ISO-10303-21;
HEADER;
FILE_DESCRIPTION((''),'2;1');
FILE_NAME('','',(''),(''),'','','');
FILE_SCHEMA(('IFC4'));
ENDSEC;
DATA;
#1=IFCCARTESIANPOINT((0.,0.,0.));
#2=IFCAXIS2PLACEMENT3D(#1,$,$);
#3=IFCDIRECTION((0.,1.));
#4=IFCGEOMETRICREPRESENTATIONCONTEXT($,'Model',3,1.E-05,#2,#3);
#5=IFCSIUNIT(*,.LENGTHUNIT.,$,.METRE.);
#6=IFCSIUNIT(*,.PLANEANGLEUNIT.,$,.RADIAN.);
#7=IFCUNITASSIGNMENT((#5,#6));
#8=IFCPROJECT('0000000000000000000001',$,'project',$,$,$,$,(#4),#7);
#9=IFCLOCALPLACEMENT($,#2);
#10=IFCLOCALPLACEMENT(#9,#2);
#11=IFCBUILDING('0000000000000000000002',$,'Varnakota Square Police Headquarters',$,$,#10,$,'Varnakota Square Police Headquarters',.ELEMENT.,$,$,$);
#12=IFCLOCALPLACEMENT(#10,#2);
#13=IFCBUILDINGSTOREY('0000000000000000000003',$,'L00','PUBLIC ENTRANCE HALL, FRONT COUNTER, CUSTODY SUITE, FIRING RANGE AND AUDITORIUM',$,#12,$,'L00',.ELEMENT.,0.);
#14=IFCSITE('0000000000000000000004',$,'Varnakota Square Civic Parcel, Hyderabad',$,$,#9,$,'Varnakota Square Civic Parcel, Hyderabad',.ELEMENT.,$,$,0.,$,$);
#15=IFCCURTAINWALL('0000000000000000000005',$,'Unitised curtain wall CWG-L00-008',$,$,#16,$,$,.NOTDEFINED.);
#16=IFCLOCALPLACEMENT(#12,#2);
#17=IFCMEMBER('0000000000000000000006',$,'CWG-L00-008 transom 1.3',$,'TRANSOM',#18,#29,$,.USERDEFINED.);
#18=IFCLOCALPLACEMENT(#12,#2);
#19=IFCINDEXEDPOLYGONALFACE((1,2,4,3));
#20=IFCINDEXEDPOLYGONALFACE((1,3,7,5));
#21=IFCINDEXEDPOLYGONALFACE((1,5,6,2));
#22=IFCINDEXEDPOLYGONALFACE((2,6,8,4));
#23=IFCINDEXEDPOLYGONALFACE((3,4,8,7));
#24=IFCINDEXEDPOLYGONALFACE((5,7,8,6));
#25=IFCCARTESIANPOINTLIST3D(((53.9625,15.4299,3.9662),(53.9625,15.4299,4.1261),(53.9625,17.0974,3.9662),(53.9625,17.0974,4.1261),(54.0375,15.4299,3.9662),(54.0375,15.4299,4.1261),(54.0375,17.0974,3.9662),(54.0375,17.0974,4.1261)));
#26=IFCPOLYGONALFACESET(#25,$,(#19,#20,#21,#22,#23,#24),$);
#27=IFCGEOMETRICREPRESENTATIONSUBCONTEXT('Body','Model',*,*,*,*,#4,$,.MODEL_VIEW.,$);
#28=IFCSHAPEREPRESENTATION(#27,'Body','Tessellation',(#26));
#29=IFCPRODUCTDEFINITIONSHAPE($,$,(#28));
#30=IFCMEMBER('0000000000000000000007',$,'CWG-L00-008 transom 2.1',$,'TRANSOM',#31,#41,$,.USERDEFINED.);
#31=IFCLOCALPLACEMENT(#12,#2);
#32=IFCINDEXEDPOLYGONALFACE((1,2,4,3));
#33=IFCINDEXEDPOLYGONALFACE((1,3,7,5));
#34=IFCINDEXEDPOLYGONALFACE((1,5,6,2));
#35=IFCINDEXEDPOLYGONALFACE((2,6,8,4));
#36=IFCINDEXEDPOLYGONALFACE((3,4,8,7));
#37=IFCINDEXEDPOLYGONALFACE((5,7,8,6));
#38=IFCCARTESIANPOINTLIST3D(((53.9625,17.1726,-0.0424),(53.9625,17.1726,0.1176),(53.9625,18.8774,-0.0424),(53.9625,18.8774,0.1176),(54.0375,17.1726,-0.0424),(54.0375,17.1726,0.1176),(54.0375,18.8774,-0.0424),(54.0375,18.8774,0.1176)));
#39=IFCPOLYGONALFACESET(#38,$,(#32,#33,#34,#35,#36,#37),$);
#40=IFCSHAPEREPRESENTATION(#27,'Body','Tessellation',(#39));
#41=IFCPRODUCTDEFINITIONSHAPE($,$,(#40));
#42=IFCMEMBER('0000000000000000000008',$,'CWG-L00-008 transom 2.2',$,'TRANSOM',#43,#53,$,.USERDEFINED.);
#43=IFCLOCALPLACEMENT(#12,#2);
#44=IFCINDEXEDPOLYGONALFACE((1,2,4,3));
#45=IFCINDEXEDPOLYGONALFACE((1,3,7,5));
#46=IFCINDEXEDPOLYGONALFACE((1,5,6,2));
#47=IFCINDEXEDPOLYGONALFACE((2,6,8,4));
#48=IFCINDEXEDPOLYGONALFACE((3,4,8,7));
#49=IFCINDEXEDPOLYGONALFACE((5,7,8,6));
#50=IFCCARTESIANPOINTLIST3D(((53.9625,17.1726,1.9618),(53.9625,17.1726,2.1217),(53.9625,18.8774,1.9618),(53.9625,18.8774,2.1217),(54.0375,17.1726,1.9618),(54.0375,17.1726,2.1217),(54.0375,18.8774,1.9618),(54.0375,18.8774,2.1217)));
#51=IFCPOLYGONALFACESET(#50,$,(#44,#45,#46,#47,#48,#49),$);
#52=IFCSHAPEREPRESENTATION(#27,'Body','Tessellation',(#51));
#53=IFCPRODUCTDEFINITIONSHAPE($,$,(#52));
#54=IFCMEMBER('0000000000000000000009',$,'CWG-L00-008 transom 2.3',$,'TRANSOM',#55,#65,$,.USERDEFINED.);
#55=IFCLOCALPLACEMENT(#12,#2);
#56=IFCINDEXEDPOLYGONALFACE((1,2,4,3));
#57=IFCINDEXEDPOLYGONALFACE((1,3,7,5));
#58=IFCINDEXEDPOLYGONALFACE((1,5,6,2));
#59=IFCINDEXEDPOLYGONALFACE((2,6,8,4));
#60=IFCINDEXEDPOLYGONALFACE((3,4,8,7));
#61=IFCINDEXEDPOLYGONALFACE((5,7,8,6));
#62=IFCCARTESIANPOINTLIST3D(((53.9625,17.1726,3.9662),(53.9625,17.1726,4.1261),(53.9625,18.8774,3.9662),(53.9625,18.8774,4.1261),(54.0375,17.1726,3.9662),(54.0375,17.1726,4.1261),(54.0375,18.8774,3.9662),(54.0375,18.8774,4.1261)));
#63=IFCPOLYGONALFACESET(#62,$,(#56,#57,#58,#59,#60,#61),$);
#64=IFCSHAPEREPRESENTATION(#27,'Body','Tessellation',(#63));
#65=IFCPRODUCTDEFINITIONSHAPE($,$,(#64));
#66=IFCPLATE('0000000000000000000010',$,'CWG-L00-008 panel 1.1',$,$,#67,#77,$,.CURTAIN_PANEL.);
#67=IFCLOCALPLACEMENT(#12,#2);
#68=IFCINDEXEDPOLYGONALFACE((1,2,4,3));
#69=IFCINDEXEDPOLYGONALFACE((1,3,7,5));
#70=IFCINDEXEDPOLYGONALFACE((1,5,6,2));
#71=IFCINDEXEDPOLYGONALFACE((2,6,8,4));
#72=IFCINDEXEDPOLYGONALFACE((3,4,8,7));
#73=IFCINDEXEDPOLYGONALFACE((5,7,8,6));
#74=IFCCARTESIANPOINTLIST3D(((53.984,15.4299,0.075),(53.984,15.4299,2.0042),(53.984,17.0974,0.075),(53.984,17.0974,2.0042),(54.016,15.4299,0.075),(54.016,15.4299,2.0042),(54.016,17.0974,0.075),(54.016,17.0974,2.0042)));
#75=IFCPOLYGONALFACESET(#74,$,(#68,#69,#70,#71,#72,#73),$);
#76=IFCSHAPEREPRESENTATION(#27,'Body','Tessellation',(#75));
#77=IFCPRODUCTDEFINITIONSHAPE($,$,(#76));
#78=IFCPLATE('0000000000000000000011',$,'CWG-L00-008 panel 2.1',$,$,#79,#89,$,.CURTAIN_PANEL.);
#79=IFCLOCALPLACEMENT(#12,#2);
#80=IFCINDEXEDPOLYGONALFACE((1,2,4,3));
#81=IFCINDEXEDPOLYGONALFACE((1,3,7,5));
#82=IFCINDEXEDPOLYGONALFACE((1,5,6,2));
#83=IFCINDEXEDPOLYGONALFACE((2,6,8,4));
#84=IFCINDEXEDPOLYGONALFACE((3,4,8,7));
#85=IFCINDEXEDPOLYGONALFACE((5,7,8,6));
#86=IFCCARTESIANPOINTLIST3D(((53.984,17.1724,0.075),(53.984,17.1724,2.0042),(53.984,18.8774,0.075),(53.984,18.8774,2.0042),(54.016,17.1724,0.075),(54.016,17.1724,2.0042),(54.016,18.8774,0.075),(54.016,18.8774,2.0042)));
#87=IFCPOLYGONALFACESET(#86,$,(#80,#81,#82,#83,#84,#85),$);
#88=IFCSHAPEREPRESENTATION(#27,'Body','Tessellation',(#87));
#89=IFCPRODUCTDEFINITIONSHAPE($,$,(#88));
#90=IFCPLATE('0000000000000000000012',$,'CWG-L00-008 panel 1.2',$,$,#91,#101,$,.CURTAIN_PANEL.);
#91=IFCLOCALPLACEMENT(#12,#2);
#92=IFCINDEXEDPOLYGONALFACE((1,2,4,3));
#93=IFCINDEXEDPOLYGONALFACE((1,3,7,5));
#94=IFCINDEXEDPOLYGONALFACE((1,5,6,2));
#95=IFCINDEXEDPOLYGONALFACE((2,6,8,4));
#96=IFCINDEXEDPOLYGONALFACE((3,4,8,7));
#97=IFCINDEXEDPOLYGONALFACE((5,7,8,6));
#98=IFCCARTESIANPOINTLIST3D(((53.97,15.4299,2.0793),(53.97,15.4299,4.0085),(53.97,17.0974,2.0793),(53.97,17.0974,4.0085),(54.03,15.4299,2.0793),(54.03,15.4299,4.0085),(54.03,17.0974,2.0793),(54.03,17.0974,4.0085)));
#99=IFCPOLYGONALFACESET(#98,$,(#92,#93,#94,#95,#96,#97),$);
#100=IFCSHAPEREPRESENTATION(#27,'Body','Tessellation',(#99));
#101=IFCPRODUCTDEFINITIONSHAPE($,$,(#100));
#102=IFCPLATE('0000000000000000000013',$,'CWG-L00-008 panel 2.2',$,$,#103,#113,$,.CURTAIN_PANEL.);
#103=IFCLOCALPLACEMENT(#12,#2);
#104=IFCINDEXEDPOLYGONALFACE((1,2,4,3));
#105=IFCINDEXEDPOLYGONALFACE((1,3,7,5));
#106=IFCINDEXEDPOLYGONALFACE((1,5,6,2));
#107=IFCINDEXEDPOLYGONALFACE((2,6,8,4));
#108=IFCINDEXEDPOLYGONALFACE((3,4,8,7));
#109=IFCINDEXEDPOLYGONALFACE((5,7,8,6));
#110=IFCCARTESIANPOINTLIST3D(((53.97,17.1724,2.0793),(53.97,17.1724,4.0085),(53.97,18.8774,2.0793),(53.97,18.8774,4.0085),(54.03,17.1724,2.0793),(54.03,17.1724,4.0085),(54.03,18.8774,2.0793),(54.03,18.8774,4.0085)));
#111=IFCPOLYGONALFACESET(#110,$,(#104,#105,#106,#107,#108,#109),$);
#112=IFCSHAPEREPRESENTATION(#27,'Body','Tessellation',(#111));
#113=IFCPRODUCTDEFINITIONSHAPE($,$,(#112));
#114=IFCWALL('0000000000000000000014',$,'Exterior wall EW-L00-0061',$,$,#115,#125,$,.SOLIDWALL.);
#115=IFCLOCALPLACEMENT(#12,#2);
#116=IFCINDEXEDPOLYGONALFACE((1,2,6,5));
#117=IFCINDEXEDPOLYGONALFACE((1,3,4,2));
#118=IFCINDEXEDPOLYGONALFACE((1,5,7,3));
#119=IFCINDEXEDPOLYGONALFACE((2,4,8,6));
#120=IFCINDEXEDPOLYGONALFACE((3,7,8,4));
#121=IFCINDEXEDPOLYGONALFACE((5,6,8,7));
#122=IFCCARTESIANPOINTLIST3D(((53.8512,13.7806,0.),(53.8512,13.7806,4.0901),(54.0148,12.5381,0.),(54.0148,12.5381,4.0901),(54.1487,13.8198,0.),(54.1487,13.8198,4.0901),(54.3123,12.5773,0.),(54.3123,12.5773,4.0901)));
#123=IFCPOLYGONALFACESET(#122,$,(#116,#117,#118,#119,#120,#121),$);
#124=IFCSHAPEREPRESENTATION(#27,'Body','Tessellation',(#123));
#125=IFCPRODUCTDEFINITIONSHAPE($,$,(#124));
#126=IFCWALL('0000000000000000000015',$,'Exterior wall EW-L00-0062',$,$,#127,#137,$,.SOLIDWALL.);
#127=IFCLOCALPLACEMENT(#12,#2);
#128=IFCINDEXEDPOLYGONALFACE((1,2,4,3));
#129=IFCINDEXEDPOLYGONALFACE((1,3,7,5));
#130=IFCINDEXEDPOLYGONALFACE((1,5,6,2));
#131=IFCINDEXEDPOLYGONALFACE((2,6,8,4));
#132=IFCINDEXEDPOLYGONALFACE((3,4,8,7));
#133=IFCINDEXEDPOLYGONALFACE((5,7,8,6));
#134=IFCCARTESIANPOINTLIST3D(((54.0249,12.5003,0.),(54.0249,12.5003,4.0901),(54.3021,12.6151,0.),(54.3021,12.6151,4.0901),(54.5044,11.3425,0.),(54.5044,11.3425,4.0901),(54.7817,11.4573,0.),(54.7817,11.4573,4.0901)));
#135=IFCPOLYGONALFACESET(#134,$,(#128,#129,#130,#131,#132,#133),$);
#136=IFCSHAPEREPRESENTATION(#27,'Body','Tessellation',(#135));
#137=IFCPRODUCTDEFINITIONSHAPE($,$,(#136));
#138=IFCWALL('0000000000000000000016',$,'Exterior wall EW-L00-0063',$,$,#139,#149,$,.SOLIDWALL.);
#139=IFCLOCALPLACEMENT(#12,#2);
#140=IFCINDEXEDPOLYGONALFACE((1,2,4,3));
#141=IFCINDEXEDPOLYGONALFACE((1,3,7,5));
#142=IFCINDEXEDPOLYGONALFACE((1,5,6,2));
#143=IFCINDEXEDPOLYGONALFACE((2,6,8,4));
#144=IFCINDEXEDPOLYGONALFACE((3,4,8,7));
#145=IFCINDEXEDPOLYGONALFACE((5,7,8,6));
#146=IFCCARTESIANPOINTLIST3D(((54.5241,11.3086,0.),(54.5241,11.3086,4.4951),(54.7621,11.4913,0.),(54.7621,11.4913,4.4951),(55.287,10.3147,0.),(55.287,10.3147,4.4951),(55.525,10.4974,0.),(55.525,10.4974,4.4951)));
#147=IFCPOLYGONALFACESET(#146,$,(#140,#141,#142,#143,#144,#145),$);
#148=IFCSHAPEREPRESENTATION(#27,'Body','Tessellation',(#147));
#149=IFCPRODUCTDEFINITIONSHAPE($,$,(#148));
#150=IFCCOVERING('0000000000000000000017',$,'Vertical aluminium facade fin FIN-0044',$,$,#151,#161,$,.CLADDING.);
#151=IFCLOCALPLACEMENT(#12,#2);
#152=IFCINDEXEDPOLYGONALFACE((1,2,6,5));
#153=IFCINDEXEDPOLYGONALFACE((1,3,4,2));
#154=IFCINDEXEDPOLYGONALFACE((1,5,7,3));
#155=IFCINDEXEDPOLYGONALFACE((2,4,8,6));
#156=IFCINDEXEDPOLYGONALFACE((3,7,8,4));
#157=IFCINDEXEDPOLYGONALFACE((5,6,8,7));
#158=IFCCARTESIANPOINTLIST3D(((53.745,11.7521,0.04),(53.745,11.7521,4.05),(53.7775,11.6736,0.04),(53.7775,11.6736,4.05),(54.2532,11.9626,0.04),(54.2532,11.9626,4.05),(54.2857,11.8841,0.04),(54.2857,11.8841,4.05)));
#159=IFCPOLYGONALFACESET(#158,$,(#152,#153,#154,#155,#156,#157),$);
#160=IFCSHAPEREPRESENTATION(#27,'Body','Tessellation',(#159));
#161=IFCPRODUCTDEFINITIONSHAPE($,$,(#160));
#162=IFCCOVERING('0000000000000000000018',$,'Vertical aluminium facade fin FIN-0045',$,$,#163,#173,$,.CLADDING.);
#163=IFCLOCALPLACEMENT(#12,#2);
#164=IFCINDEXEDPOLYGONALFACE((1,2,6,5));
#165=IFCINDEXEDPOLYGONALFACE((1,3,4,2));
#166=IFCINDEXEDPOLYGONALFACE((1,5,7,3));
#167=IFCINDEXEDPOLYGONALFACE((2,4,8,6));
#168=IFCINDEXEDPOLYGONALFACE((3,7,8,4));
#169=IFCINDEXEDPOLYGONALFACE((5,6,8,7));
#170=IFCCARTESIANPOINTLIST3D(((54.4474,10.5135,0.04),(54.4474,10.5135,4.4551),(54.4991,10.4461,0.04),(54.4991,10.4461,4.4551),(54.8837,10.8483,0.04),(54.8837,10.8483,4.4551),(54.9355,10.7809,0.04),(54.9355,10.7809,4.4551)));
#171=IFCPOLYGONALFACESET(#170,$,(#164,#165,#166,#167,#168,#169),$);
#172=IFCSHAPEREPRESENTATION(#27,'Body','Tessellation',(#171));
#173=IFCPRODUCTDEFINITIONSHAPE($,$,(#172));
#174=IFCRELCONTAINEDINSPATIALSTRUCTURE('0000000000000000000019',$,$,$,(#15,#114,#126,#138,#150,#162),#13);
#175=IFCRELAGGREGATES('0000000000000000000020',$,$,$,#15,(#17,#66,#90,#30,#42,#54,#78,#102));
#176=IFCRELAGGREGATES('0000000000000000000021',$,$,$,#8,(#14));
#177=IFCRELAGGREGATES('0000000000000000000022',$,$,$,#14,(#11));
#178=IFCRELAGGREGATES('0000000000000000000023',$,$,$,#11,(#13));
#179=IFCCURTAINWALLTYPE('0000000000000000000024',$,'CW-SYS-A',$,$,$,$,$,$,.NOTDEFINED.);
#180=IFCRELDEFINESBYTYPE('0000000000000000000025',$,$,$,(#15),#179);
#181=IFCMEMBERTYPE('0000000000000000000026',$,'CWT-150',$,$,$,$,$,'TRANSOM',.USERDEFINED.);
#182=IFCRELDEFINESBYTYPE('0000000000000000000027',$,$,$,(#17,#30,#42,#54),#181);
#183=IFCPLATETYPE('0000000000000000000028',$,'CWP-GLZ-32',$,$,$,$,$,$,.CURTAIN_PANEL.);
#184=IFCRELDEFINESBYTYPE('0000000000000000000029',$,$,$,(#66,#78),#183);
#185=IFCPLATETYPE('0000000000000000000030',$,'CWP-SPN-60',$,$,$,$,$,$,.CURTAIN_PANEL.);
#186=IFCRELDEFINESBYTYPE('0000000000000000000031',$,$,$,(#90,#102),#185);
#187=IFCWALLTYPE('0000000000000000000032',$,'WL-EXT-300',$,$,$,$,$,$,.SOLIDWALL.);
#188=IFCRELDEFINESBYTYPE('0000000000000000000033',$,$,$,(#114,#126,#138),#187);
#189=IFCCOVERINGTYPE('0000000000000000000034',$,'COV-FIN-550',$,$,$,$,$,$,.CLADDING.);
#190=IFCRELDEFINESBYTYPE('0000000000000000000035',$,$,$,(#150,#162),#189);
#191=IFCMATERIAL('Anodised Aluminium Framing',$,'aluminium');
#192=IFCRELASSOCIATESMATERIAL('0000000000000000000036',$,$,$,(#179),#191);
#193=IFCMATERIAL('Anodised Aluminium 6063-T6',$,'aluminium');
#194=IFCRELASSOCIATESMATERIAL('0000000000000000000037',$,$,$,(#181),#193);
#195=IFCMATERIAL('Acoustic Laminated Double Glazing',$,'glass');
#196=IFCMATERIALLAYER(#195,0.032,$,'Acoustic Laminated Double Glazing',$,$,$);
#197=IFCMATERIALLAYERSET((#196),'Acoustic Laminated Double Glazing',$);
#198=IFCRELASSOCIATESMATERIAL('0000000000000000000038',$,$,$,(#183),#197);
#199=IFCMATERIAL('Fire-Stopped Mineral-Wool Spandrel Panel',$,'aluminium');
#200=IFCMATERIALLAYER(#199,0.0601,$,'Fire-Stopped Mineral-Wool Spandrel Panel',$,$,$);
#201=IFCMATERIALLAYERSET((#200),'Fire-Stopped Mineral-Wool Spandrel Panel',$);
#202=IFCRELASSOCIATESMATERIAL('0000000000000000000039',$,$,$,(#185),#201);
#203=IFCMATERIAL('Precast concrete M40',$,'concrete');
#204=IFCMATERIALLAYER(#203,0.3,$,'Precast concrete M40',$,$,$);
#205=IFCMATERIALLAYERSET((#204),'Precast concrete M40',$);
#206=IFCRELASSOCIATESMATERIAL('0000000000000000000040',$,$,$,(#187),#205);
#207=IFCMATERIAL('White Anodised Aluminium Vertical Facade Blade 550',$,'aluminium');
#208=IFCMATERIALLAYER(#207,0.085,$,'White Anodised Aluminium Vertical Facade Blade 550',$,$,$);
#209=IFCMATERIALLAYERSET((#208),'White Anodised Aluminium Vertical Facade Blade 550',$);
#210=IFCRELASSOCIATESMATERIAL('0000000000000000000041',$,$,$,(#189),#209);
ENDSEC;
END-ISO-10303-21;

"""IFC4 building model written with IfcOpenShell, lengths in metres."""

from ifc_helpers import new_model, si_unit, direction, frame, frame_2d, origin, origin_2d, place, context, subcontext, project, spatial, rectangle, extrude, material, layer, layer_set, material_profile, profile_set, type_object, element, aggregate, save


model = new_model("IFC4")

# Units and contexts
model_context = context("Model", 3, precision=1e-05, world=origin(), true_north=direction((0.0, 1.0)))
body_context = subcontext(model_context, "Body", "Model", "MODEL_VIEW")
ifc_project = project(units=[si_unit("LENGTHUNIT", "METRE"), si_unit("PLANEANGLEUNIT", "RADIAN")], contexts=[model_context])

# Site, building, storey
site_placement = place(None, origin())
site = spatial("IfcSite", under=ifc_project, at=site_placement, Name="Varnakota Square Civic Parcel, Hyderabad", LongName="Varnakota Square Civic Parcel, Hyderabad", CompositionType="ELEMENT", RefElevation=0.0)
building_placement = place(site_placement, origin())
building = spatial("IfcBuilding", under=site, at=building_placement, Name="Varnakota Square Police Headquarters", LongName="Varnakota Square Police Headquarters", CompositionType="ELEMENT")
storey_placement = place(building_placement, origin())
storey = spatial("IfcBuildingStorey", under=building, at=storey_placement, Name="L00", Description="PUBLIC ENTRANCE HALL, FRONT COUNTER, CUSTODY SUITE, FIRING RANGE AND AUDITORIUM", LongName="L00", CompositionType="ELEMENT", Elevation=0.0)

# Curtain wall, members, plates
ifc_material_1 = material(Name="Anodised Aluminium Framing", Category="aluminium")
curtain_wall_type = type_object("IfcCurtainWallType", Name="CW-SYS-A", PredefinedType="NOTDEFINED", material=ifc_material_1)
curtain_wall_placement = place(storey_placement, origin())
curtain_wall = element("IfcCurtainWall", 1, at=curtain_wall_placement, inside=storey, type_object=curtain_wall_type, Name="Unitised curtain wall CWG-L00-008", PredefinedType="NOTDEFINED")
ifc_material_2 = material(Name="Anodised Aluminium 6063-T6", Category="aluminium")
ifc_material_profile_1 = material_profile(ifc_material_2, rectangle(XDim=0.075, YDim=0.1599, at=origin_2d()), Name="ALU TRANSOM 75x160")
ifc_profile_set_1 = profile_set([ifc_material_profile_1], Name="Anodised Aluminium 6063-T6")
member_type_1 = type_object("IfcMemberType", Name="CWT-150", ElementType="TRANSOM", PredefinedType="USERDEFINED", material=ifc_profile_set_1)
member_1_placement = place(storey_placement, frame((54.0, 15.4299, 4.0461), z_axis=(0.0, 1.0, 0.0), x_axis=(-1.0, 0.0, 0.0)))
member_1 = element("IfcMember", 2, at=member_1_placement, type_object=member_type_1, Name="CWG-L00-008 transom 1.3", ObjectType="TRANSOM", PredefinedType="USERDEFINED", context=body_context, shape_type="SweptSolid", body=[
    extrude(rectangle(XDim=0.075, YDim=0.1599, at=origin_2d()), origin(), (0.0, 0.0, 1.0), 1.6675),
])
member_2_placement = place(storey_placement, frame((54.0, 17.1726, 0.0376), z_axis=(0.0, 1.0, 0.0), x_axis=(-1.0, 0.0, 0.0)))
member_2 = element("IfcMember", 3, at=member_2_placement, type_object=member_type_1, Name="CWG-L00-008 transom 2.1", ObjectType="TRANSOM", PredefinedType="USERDEFINED", context=body_context, shape_type="SweptSolid", body=[
    extrude(rectangle(XDim=0.075, YDim=0.1599, at=origin_2d()), origin(), (0.0, 0.0, 1.0), 1.7048),
])
member_3_placement = place(storey_placement, frame((54.0, 17.1726, 2.0417), z_axis=(0.0, 1.0, 0.0), x_axis=(-1.0, 0.0, 0.0)))
member_3 = element("IfcMember", 4, at=member_3_placement, type_object=member_type_1, Name="CWG-L00-008 transom 2.2", ObjectType="TRANSOM", PredefinedType="USERDEFINED", context=body_context, shape_type="SweptSolid", body=[
    extrude(rectangle(XDim=0.075, YDim=0.1599, at=origin_2d()), origin(), (0.0, 0.0, 1.0), 1.7048),
])
member_4_placement = place(storey_placement, frame((54.0, 17.1726, 4.0461), z_axis=(0.0, 1.0, 0.0), x_axis=(-1.0, 0.0, 0.0)))
member_4 = element("IfcMember", 5, at=member_4_placement, type_object=member_type_1, Name="CWG-L00-008 transom 2.3", ObjectType="TRANSOM", PredefinedType="USERDEFINED", context=body_context, shape_type="SweptSolid", body=[
    extrude(rectangle(XDim=0.075, YDim=0.1599, at=origin_2d()), origin(), (0.0, 0.0, 1.0), 1.7048),
])
ifc_material_3 = material(Name="Acoustic Laminated Double Glazing", Category="glass")
ifc_layer_1 = layer(ifc_material_3, 0.032, Name="Acoustic Laminated Double Glazing")
ifc_layer_set_1 = layer_set([ifc_layer_1], Name="Acoustic Laminated Double Glazing")
plate_type_1 = type_object("IfcPlateType", Name="CWP-GLZ-32", PredefinedType="CURTAIN_PANEL", material=ifc_layer_set_1)
plate_1_placement = place(storey_placement, frame((54.0, 16.2637, 0.075), z_axis=(0.0, 0.0, 1.0), x_axis=(0.0, 1.0, 0.0)))
plate_1 = element("IfcPlate", 6, at=plate_1_placement, type_object=plate_type_1, Name="CWG-L00-008 panel 1.1", PredefinedType="CURTAIN_PANEL", context=body_context, shape_type="SweptSolid", body=[
    extrude(rectangle(XDim=1.6675, YDim=0.032, at=origin_2d()), origin(), (0.0, 0.0, 1.0), 1.9292),
])
plate_2_placement = place(storey_placement, frame((54.0, 18.0249, 0.075), z_axis=(0.0, 0.0, 1.0), x_axis=(0.0, 1.0, 0.0)))
plate_2 = element("IfcPlate", 7, at=plate_2_placement, type_object=plate_type_1, Name="CWG-L00-008 panel 2.1", PredefinedType="CURTAIN_PANEL", context=body_context, shape_type="SweptSolid", body=[
    extrude(rectangle(XDim=1.7051, YDim=0.032, at=origin_2d()), origin(), (0.0, 0.0, 1.0), 1.9292),
])
ifc_material_4 = material(Name="Fire-Stopped Mineral-Wool Spandrel Panel", Category="aluminium")
ifc_layer_2 = layer(ifc_material_4, 0.0601, Name="Fire-Stopped Mineral-Wool Spandrel Panel")
ifc_layer_set_2 = layer_set([ifc_layer_2], Name="Fire-Stopped Mineral-Wool Spandrel Panel")
plate_type_2 = type_object("IfcPlateType", Name="CWP-SPN-60", PredefinedType="CURTAIN_PANEL", material=ifc_layer_set_2)
plate_3_placement = place(storey_placement, frame((54.0, 16.2637, 2.0793), z_axis=(0.0, 0.0, 1.0), x_axis=(0.0, 1.0, 0.0)))
plate_3 = element("IfcPlate", 8, at=plate_3_placement, type_object=plate_type_2, Name="CWG-L00-008 panel 1.2", PredefinedType="CURTAIN_PANEL", context=body_context, shape_type="SweptSolid", body=[
    extrude(rectangle(XDim=1.6675, YDim=0.0601, at=origin_2d()), origin(), (0.0, 0.0, 1.0), 1.9292),
])
plate_4_placement = place(storey_placement, frame((54.0, 18.0249, 2.0793), z_axis=(0.0, 0.0, 1.0), x_axis=(0.0, 1.0, 0.0)))
plate_4 = element("IfcPlate", 9, at=plate_4_placement, type_object=plate_type_2, Name="CWG-L00-008 panel 2.2", PredefinedType="CURTAIN_PANEL", context=body_context, shape_type="SweptSolid", body=[
    extrude(rectangle(XDim=1.7051, YDim=0.0601, at=origin_2d()), origin(), (0.0, 0.0, 1.0), 1.9292),
])
aggregate(curtain_wall, [member_1, plate_1, plate_3, member_2, member_3, member_4, plate_2, plate_4])

# Walls
ifc_material_5 = material(Name="Precast concrete M40", Category="concrete")
ifc_layer_3 = layer(ifc_material_5, 0.3, Name="Precast concrete M40")
ifc_layer_set_3 = layer_set([ifc_layer_3], Name="Precast concrete M40")
wall_type = type_object("IfcWallType", Name="WL-EXT-300", PredefinedType="SOLIDWALL", material=ifc_layer_set_3)
for number, where, z_axis, x_axis, name in (
    (10, (54.0, 13.8, 0.0), (0.0, 0.0, 1.0), (0.13053, -0.991444, 0.0), "Exterior wall EW-L00-0061"),
    (11, (54.1636, 12.5576, 0.0), (0.0, 0.0, 1.0), (0.38265, -0.923893, 0.0), "Exterior wall EW-L00-0062"),
):
    element("IfcWall", number, at=place(storey_placement, frame(where, z_axis=z_axis, x_axis=x_axis)), inside=storey, type_object=wall_type, Name=name, PredefinedType="SOLIDWALL", context=body_context, shape_type="SweptSolid", body=[
        extrude(rectangle(XDim=1.2532, YDim=0.3, at=frame_2d((0.6265, 0.0))), origin(), (0.0, 0.0, 1.0), 4.0901),
    ])
wall_placement = place(storey_placement, frame((54.6431, 11.3999, 0.0), z_axis=(0.0, 0.0, 1.0), x_axis=(0.60891, -0.793239, 0.0)))
element("IfcWall", 12, at=wall_placement, inside=storey, type_object=wall_type, Name="Exterior wall EW-L00-0063", PredefinedType="SOLIDWALL", context=body_context, shape_type="SweptSolid", body=[
    extrude(rectangle(XDim=1.2529, YDim=0.3, at=frame_2d((0.6265, 0.0))), origin(), (0.0, 0.0, 1.0), 4.4951),
])

# Coverings
ifc_material_6 = material(Name="White Anodised Aluminium Vertical Facade Blade 550", Category="aluminium")
ifc_layer_4 = layer(ifc_material_6, 0.085, Name="White Anodised Aluminium Vertical Facade Blade 550")
ifc_layer_set_4 = layer_set([ifc_layer_4], Name="White Anodised Aluminium Vertical Facade Blade 550")
covering_type = type_object("IfcCoveringType", Name="COV-FIN-550", PredefinedType="CLADDING", material=ifc_layer_set_4)
covering_1_placement = place(storey_placement, frame((54.0154, 11.8181, 0.04), z_axis=(0.0, 0.0, 1.0), x_axis=(0.382683, -0.92388, 0.0)))
element("IfcCovering", 13, at=covering_1_placement, inside=storey, type_object=covering_type, Name="Vertical aluminium facade fin FIN-0044", PredefinedType="CLADDING", context=body_context, shape_type="SweptSolid", body=[
    extrude(rectangle(XDim=0.085, YDim=0.55, at=origin_2d()), origin(), (0.0, 0.0, 1.0), 4.01),
])
covering_2_placement = place(storey_placement, frame((54.6914, 10.6472, 0.04), z_axis=(0.0, 0.0, 1.0), x_axis=(0.608761, -0.793353, 0.0)))
element("IfcCovering", 14, at=covering_2_placement, inside=storey, type_object=covering_type, Name="Vertical aluminium facade fin FIN-0045", PredefinedType="CLADDING", context=body_context, shape_type="SweptSolid", body=[
    extrude(rectangle(XDim=0.085, YDim=0.55, at=origin_2d()), origin(), (0.0, 0.0, 1.0), 4.415),
])

save(model, "model.ifc")
